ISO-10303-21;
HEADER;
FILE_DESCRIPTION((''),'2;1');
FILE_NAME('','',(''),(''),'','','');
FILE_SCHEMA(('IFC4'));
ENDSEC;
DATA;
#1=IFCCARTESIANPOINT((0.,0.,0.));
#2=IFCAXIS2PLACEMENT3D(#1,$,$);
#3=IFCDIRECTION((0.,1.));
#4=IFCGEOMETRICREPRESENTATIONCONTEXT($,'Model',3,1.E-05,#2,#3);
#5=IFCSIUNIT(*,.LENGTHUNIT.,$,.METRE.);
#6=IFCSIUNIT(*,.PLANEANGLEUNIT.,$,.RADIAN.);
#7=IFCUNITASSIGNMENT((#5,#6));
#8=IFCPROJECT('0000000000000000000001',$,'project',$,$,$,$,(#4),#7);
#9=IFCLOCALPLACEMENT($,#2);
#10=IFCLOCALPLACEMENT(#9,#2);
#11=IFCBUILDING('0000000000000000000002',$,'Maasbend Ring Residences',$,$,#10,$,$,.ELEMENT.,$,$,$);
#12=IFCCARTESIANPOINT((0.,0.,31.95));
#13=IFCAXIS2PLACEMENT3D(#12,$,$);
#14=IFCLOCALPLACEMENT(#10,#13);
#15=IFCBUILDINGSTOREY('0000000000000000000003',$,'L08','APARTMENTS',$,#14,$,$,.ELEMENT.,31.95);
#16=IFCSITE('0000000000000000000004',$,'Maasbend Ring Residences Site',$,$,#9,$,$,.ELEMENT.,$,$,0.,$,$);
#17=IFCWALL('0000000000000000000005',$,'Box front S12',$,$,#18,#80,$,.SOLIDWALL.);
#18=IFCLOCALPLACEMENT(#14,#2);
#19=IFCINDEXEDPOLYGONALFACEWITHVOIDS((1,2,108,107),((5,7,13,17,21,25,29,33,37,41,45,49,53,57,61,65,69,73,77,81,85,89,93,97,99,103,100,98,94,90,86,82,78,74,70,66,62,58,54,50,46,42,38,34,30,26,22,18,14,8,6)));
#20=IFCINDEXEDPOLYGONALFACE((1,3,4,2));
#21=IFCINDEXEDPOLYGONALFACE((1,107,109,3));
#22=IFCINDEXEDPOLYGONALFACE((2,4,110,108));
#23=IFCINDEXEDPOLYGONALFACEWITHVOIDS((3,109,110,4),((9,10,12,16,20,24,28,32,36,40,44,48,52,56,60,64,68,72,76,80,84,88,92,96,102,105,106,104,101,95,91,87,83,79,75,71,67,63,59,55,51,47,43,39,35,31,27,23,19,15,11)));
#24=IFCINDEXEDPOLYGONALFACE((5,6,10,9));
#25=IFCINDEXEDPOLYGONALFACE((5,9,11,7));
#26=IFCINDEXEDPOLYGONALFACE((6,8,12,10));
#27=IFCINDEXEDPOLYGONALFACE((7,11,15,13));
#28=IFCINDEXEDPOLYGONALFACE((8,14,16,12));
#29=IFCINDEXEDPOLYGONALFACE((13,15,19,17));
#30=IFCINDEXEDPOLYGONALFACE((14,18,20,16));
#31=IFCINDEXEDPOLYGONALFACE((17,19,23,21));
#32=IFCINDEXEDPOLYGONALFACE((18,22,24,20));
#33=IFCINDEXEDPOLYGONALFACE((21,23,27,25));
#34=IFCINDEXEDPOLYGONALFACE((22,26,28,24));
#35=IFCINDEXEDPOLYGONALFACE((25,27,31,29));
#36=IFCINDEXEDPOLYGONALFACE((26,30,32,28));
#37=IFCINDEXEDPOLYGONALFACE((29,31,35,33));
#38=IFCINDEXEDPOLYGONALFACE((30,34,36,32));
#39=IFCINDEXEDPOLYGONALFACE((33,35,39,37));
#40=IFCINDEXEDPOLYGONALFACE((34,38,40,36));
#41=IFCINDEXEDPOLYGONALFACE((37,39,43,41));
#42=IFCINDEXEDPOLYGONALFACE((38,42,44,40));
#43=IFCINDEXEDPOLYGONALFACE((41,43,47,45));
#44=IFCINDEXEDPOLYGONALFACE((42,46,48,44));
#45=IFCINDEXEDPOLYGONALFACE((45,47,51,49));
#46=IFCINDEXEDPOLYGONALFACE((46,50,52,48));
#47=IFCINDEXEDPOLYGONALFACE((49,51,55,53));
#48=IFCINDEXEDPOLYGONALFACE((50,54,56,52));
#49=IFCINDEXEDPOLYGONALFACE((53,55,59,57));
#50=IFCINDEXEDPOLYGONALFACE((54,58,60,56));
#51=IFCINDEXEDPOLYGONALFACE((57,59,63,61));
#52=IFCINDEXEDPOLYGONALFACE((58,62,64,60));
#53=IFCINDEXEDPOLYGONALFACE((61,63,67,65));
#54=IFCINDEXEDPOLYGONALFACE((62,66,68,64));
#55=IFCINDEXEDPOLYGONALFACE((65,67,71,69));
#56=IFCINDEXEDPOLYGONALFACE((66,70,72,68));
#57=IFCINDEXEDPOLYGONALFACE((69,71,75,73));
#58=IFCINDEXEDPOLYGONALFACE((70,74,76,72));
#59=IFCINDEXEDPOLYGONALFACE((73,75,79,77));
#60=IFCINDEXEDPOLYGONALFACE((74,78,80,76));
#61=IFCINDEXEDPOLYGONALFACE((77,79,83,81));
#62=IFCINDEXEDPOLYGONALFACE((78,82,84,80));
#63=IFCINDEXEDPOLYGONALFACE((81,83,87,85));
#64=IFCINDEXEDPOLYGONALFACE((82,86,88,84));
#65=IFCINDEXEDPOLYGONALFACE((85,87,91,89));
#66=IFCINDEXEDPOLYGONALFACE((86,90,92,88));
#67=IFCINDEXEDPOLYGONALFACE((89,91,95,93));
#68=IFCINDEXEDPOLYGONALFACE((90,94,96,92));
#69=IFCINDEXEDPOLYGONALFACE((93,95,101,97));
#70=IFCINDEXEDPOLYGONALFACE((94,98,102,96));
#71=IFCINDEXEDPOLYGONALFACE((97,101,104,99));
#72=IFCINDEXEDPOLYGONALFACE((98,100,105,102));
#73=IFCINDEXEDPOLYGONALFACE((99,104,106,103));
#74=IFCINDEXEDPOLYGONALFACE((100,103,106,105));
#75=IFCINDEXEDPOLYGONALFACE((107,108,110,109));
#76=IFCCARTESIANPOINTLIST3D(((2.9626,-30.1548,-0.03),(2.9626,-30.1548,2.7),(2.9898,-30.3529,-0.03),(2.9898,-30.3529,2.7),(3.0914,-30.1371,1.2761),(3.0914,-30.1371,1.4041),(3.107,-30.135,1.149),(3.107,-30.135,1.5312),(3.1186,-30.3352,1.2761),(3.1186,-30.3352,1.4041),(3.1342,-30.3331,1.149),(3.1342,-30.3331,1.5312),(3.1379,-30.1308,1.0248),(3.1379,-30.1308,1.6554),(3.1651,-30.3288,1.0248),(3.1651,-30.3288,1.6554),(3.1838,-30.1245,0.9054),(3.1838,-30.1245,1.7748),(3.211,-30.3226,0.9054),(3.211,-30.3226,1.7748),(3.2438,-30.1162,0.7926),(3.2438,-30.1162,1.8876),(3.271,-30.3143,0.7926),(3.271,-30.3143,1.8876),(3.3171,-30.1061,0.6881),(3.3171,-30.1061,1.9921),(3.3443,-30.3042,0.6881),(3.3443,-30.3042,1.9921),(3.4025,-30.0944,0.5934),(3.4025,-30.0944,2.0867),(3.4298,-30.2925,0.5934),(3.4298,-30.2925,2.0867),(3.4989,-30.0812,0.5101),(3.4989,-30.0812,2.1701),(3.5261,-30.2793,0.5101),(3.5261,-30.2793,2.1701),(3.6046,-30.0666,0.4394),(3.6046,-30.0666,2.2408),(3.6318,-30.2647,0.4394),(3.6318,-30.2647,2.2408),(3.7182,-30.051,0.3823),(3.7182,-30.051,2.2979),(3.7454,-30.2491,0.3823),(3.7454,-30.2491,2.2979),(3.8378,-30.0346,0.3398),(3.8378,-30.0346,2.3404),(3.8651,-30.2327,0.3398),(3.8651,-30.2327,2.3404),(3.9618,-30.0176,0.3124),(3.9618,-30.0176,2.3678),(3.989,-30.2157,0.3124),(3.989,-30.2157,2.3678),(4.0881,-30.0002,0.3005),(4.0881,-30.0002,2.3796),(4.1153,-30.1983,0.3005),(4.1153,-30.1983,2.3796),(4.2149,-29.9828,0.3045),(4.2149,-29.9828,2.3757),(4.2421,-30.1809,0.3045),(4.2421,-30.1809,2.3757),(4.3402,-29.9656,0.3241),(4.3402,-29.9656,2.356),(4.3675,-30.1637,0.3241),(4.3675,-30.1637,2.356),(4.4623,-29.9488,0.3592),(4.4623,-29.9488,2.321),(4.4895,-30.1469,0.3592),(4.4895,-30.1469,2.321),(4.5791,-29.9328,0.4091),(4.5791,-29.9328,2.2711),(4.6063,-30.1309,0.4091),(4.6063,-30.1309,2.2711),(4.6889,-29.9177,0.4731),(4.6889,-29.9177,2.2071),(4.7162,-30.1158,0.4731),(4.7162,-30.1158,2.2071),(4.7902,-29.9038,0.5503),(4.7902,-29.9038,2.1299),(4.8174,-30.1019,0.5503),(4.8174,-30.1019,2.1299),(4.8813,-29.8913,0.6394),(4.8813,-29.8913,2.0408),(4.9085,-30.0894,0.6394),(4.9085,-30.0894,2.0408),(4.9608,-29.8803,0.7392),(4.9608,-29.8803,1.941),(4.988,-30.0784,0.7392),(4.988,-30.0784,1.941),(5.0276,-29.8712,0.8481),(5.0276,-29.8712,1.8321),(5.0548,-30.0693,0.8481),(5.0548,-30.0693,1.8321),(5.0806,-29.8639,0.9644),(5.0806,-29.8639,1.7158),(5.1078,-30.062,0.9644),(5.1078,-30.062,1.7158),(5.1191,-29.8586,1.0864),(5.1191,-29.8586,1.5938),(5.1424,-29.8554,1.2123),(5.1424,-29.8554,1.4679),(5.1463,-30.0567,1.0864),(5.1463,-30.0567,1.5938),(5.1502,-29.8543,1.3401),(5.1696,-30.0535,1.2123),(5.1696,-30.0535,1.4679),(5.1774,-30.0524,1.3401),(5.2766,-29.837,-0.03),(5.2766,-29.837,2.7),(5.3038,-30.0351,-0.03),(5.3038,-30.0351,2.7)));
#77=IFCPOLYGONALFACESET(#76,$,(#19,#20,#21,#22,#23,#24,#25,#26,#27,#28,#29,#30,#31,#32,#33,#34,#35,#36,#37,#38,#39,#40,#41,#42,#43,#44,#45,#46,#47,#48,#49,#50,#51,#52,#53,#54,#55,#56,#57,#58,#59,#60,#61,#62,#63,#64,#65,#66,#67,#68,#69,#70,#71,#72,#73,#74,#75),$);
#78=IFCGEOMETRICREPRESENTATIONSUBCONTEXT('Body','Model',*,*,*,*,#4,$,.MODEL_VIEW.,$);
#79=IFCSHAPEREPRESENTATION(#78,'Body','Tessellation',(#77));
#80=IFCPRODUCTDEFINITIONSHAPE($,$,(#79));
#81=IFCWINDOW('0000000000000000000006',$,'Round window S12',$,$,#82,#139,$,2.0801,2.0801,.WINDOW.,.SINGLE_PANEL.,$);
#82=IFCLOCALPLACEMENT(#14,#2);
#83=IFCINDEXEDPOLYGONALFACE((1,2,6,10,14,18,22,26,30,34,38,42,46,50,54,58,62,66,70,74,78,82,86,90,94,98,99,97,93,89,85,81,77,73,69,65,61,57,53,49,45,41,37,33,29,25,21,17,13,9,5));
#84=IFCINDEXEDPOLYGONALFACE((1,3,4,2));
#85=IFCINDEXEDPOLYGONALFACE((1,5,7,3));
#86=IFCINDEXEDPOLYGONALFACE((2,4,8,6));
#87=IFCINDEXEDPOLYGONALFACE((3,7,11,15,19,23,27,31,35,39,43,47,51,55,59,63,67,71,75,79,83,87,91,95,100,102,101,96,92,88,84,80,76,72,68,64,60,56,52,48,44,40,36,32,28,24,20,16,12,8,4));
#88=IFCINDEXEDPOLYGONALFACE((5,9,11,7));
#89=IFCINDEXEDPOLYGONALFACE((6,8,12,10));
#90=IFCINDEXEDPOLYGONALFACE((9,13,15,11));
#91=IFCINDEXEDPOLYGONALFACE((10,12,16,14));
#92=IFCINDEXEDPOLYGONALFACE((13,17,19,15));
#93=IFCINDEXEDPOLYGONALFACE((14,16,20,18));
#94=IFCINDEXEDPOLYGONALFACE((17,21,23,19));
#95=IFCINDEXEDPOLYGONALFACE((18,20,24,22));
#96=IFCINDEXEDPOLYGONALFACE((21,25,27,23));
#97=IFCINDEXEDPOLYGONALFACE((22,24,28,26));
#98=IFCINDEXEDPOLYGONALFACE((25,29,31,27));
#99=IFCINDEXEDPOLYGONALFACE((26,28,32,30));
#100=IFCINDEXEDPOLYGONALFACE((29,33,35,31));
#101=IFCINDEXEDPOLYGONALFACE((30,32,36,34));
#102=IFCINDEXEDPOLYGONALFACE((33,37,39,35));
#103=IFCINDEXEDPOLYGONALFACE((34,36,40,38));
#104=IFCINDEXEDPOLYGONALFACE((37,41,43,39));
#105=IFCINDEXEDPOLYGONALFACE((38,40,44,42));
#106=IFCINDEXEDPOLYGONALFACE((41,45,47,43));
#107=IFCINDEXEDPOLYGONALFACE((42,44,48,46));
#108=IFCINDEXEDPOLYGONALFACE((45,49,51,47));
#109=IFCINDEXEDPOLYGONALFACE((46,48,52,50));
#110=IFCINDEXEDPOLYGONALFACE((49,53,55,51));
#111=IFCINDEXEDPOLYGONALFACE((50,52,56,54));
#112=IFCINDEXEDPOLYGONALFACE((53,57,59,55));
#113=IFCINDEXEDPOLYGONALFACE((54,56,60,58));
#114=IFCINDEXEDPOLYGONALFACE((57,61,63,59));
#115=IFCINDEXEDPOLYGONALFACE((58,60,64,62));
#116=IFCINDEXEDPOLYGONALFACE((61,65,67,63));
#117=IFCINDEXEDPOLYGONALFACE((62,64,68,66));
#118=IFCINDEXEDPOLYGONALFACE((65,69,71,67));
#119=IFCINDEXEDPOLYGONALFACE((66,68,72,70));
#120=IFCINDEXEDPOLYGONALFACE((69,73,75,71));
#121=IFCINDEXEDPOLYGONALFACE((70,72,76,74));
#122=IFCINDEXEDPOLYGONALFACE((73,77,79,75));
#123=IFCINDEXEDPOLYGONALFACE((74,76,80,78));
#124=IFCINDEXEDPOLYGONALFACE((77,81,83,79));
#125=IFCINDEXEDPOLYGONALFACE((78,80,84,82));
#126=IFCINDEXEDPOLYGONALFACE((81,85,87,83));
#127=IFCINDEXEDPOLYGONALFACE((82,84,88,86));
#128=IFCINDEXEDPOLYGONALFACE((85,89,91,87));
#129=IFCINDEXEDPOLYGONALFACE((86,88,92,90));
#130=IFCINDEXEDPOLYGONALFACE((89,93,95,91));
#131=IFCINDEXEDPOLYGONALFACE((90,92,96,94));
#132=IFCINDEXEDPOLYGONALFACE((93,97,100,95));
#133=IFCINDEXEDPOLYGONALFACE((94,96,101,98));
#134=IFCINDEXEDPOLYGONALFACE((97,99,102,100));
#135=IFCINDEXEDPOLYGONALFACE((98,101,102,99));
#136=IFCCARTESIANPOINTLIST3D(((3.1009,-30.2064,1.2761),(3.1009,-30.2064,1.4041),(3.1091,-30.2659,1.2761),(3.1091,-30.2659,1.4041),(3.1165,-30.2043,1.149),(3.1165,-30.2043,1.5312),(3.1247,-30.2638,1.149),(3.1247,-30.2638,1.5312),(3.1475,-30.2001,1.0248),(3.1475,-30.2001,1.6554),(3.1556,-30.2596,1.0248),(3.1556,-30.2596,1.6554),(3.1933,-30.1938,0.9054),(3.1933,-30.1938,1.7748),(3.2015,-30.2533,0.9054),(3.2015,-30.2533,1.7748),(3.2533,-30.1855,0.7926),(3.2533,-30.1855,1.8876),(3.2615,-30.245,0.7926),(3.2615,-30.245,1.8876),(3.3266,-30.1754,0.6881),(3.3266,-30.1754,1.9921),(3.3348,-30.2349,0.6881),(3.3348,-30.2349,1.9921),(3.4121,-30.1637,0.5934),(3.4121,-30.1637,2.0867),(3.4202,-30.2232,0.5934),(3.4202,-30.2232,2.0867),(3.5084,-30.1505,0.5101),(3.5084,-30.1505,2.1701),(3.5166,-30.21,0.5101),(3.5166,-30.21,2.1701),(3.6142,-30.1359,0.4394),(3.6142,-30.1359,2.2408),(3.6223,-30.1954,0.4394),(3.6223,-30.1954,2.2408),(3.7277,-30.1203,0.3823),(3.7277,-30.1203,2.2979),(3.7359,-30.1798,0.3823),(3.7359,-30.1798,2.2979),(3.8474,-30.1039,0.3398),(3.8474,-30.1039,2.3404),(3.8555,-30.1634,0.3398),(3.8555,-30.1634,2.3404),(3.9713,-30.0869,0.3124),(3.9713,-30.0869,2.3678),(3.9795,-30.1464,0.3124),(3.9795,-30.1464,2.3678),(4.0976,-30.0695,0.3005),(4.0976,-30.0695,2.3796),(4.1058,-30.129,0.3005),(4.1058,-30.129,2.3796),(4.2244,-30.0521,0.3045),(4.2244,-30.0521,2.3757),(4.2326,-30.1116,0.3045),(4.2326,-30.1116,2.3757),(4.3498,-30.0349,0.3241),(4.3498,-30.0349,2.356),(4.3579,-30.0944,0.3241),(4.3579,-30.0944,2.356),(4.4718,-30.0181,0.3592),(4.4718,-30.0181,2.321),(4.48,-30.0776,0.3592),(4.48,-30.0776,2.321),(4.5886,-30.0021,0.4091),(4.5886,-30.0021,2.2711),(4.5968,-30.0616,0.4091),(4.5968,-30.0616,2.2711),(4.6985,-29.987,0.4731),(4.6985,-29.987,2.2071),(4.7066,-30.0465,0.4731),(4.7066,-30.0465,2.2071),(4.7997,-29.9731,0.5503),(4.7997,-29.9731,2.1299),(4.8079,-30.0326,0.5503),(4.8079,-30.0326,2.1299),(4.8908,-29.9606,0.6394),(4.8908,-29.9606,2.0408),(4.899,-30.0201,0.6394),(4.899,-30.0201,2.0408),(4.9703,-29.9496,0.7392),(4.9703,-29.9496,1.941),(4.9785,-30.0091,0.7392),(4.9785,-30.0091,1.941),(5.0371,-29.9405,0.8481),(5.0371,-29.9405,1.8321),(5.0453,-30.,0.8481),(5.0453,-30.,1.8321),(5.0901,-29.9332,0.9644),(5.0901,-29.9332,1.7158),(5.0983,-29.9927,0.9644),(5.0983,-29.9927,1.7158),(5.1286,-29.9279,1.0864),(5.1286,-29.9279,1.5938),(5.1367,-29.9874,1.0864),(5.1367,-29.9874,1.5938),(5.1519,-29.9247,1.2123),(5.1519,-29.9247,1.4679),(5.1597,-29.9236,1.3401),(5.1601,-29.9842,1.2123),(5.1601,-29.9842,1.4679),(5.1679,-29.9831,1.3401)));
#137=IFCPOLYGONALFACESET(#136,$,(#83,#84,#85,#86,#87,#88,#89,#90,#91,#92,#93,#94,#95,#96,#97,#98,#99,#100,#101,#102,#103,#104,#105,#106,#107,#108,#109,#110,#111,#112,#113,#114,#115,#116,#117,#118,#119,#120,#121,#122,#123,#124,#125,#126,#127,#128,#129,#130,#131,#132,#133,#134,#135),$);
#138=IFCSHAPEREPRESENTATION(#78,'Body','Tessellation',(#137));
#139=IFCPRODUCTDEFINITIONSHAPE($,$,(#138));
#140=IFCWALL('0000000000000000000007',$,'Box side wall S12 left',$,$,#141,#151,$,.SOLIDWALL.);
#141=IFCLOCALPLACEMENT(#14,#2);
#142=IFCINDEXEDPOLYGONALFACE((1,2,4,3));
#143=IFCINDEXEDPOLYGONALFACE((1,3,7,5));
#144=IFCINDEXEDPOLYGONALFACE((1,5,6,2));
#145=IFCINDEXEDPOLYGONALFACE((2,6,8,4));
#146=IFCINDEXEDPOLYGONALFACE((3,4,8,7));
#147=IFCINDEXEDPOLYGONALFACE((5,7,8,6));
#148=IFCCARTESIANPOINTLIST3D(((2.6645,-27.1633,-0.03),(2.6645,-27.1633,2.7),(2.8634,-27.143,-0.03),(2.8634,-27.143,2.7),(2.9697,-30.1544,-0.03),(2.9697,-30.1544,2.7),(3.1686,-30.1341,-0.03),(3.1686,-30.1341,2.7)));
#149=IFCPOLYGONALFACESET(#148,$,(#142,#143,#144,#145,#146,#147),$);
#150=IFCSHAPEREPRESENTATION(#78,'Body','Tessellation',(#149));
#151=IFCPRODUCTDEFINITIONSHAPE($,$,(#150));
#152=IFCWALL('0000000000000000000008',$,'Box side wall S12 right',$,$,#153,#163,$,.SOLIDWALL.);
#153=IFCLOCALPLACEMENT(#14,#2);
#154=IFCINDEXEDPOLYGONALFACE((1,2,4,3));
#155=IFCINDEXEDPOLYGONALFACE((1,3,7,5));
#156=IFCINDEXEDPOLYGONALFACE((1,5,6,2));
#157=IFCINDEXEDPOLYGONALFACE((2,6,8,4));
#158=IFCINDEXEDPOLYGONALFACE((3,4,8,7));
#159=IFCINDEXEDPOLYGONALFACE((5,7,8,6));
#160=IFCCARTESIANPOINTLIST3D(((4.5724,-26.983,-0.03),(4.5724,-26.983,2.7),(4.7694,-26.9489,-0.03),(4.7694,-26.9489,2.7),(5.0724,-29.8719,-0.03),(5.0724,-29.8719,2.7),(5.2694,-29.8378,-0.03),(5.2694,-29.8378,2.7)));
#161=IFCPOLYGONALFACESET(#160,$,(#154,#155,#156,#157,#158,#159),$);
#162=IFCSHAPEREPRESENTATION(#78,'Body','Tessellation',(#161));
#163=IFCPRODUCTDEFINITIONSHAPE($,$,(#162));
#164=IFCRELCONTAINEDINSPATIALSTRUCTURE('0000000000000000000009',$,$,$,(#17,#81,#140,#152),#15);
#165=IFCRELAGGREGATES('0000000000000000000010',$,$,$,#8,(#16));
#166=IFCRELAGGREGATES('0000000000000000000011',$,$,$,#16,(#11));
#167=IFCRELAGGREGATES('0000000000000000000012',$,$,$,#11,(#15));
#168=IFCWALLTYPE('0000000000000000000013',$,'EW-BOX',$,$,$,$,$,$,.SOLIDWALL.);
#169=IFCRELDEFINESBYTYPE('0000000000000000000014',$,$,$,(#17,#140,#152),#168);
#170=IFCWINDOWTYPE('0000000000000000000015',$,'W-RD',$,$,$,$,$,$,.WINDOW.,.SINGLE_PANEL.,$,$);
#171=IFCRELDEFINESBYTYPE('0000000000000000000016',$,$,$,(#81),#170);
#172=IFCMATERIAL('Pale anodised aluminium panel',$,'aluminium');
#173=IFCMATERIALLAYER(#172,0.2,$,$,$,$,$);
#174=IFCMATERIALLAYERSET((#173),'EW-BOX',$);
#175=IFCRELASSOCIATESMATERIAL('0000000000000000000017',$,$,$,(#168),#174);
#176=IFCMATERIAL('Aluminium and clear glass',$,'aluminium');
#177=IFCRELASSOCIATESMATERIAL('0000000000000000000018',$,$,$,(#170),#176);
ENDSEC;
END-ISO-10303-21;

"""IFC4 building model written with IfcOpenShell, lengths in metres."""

from ifc_helpers import new_model, si_unit, direction, frame, frame_2d, origin, place, context, subcontext, project, spatial, rectangle, circle, extrude, material, layer, layer_set, type_object, element, fill, save


model = new_model("IFC4")

# Units and contexts
model_context = context("Model", 3, precision=1e-05, world=origin(), true_north=direction((0.0, 1.0)))
body_context = subcontext(model_context, "Body", "Model", "MODEL_VIEW")
ifc_project = project(units=[si_unit("LENGTHUNIT", "METRE"), si_unit("PLANEANGLEUNIT", "RADIAN")], contexts=[model_context])

# Site, building, storey
site_placement = place(None, origin())
site = spatial("IfcSite", under=ifc_project, at=site_placement, Name="Maasbend Ring Residences Site", CompositionType="ELEMENT", RefElevation=0.0)
building_placement = place(site_placement, origin())
building = spatial("IfcBuilding", under=site, at=building_placement, Name="Maasbend Ring Residences", CompositionType="ELEMENT")
storey_placement = place(building_placement, frame((0.0, 0.0, 31.95)))
storey = spatial("IfcBuildingStorey", under=building, at=storey_placement, Name="L08", Description="APARTMENTS", CompositionType="ELEMENT", Elevation=31.95)

# Wall, opening, window
ifc_material_1 = material(Name="Pale anodised aluminium panel", Category="aluminium")
ifc_layer_1 = layer(ifc_material_1, 0.2)
ifc_layer_set_1 = layer_set([ifc_layer_1], Name="EW-BOX")
wall_type_1 = type_object("IfcWallType", Name="EW-BOX", PredefinedType="SOLIDWALL", material=ifc_layer_set_1)
wall_1_placement = place(storey_placement, frame((2.9761, -30.2539, -0.03), z_axis=(0.0, 0.0, 1.0), x_axis=(0.990696, 0.136093, 0.0)))
wall_1 = element("IfcWall", 1, at=wall_1_placement, inside=storey, type_object=wall_type_1, Name="Box front S12", PredefinedType="SOLIDWALL", context=body_context, shape_type="SweptSolid", body=[
    extrude(rectangle(XDim=2.3357, YDim=0.2, at=frame_2d((1.168, 0.0))), origin(), (0.0, 0.0, 1.0), 2.73),
])
opening_1_placement = place(wall_1_placement, frame((0.1282, 0.0, 0.3301)))
opening_1 = element("IfcOpeningElement", 2, at=opening_1_placement, cuts=wall_1, PredefinedType="OPENING", context=body_context, shape_type="SweptSolid", body=[
    extrude(circle(Radius=1.04, at=frame_2d((1.04, 1.04))), frame((0.0, 0.1099, 0.0), z_axis=(0.0, -1.0, 0.0), x_axis=(1.0, 0.0, 0.0)), (0.0, 0.0, 1.0), 0.22),
])
ifc_material_2 = material(Name="Aluminium and clear glass", Category="aluminium")
window_type_1 = type_object("IfcWindowType", Name="W-RD", PartitioningType="SINGLE_PANEL", PredefinedType="WINDOW", material=ifc_material_2)
window_1_placement = place(opening_1_placement, origin())
window_1 = element("IfcWindow", 3, at=window_1_placement, inside=storey, type_object=window_type_1, Name="Round window S12", OverallHeight=2.0801, OverallWidth=2.0801, PartitioningType="SINGLE_PANEL", PredefinedType="WINDOW", context=body_context, shape_type="SweptSolid", body=[
    extrude(circle(Radius=1.04, at=frame_2d((1.04, 1.04))), frame((0.0, 0.03, 0.0), z_axis=(0.0, -1.0, 0.0), x_axis=(1.0, 0.0, 0.0)), (0.0, 0.0, 1.0), 0.0601),
])
fill(opening_1, window_1)

# Walls
wall_2_placement = place(storey_placement, frame((2.7639, -27.1531, -0.03), z_axis=(0.0, 0.0, 1.0), x_axis=(0.101505, -0.994835, 0.0)))
element("IfcWall", 4, at=wall_2_placement, inside=storey, type_object=wall_type_1, Name="Box side wall S12 left", PredefinedType="SOLIDWALL", context=body_context, shape_type="SweptSolid", body=[
    extrude(rectangle(XDim=3.0066, YDim=0.2, at=frame_2d((1.5034, 0.0))), origin(), (0.0, 0.0, 1.0), 2.73),
])
wall_3_placement = place(storey_placement, frame((4.6709, -26.9661, -0.03), z_axis=(0.0, 0.0, 1.0), x_axis=(0.17054, -0.985351, 0.0)))
element("IfcWall", 5, at=wall_3_placement, inside=storey, type_object=wall_type_1, Name="Box side wall S12 right", PredefinedType="SOLIDWALL", context=body_context, shape_type="SweptSolid", body=[
    extrude(rectangle(XDim=2.9319, YDim=0.2, at=frame_2d((1.4658, 0.0))), origin(), (0.0, 0.0, 1.0), 2.73),
])

save(model, "model.ifc")
